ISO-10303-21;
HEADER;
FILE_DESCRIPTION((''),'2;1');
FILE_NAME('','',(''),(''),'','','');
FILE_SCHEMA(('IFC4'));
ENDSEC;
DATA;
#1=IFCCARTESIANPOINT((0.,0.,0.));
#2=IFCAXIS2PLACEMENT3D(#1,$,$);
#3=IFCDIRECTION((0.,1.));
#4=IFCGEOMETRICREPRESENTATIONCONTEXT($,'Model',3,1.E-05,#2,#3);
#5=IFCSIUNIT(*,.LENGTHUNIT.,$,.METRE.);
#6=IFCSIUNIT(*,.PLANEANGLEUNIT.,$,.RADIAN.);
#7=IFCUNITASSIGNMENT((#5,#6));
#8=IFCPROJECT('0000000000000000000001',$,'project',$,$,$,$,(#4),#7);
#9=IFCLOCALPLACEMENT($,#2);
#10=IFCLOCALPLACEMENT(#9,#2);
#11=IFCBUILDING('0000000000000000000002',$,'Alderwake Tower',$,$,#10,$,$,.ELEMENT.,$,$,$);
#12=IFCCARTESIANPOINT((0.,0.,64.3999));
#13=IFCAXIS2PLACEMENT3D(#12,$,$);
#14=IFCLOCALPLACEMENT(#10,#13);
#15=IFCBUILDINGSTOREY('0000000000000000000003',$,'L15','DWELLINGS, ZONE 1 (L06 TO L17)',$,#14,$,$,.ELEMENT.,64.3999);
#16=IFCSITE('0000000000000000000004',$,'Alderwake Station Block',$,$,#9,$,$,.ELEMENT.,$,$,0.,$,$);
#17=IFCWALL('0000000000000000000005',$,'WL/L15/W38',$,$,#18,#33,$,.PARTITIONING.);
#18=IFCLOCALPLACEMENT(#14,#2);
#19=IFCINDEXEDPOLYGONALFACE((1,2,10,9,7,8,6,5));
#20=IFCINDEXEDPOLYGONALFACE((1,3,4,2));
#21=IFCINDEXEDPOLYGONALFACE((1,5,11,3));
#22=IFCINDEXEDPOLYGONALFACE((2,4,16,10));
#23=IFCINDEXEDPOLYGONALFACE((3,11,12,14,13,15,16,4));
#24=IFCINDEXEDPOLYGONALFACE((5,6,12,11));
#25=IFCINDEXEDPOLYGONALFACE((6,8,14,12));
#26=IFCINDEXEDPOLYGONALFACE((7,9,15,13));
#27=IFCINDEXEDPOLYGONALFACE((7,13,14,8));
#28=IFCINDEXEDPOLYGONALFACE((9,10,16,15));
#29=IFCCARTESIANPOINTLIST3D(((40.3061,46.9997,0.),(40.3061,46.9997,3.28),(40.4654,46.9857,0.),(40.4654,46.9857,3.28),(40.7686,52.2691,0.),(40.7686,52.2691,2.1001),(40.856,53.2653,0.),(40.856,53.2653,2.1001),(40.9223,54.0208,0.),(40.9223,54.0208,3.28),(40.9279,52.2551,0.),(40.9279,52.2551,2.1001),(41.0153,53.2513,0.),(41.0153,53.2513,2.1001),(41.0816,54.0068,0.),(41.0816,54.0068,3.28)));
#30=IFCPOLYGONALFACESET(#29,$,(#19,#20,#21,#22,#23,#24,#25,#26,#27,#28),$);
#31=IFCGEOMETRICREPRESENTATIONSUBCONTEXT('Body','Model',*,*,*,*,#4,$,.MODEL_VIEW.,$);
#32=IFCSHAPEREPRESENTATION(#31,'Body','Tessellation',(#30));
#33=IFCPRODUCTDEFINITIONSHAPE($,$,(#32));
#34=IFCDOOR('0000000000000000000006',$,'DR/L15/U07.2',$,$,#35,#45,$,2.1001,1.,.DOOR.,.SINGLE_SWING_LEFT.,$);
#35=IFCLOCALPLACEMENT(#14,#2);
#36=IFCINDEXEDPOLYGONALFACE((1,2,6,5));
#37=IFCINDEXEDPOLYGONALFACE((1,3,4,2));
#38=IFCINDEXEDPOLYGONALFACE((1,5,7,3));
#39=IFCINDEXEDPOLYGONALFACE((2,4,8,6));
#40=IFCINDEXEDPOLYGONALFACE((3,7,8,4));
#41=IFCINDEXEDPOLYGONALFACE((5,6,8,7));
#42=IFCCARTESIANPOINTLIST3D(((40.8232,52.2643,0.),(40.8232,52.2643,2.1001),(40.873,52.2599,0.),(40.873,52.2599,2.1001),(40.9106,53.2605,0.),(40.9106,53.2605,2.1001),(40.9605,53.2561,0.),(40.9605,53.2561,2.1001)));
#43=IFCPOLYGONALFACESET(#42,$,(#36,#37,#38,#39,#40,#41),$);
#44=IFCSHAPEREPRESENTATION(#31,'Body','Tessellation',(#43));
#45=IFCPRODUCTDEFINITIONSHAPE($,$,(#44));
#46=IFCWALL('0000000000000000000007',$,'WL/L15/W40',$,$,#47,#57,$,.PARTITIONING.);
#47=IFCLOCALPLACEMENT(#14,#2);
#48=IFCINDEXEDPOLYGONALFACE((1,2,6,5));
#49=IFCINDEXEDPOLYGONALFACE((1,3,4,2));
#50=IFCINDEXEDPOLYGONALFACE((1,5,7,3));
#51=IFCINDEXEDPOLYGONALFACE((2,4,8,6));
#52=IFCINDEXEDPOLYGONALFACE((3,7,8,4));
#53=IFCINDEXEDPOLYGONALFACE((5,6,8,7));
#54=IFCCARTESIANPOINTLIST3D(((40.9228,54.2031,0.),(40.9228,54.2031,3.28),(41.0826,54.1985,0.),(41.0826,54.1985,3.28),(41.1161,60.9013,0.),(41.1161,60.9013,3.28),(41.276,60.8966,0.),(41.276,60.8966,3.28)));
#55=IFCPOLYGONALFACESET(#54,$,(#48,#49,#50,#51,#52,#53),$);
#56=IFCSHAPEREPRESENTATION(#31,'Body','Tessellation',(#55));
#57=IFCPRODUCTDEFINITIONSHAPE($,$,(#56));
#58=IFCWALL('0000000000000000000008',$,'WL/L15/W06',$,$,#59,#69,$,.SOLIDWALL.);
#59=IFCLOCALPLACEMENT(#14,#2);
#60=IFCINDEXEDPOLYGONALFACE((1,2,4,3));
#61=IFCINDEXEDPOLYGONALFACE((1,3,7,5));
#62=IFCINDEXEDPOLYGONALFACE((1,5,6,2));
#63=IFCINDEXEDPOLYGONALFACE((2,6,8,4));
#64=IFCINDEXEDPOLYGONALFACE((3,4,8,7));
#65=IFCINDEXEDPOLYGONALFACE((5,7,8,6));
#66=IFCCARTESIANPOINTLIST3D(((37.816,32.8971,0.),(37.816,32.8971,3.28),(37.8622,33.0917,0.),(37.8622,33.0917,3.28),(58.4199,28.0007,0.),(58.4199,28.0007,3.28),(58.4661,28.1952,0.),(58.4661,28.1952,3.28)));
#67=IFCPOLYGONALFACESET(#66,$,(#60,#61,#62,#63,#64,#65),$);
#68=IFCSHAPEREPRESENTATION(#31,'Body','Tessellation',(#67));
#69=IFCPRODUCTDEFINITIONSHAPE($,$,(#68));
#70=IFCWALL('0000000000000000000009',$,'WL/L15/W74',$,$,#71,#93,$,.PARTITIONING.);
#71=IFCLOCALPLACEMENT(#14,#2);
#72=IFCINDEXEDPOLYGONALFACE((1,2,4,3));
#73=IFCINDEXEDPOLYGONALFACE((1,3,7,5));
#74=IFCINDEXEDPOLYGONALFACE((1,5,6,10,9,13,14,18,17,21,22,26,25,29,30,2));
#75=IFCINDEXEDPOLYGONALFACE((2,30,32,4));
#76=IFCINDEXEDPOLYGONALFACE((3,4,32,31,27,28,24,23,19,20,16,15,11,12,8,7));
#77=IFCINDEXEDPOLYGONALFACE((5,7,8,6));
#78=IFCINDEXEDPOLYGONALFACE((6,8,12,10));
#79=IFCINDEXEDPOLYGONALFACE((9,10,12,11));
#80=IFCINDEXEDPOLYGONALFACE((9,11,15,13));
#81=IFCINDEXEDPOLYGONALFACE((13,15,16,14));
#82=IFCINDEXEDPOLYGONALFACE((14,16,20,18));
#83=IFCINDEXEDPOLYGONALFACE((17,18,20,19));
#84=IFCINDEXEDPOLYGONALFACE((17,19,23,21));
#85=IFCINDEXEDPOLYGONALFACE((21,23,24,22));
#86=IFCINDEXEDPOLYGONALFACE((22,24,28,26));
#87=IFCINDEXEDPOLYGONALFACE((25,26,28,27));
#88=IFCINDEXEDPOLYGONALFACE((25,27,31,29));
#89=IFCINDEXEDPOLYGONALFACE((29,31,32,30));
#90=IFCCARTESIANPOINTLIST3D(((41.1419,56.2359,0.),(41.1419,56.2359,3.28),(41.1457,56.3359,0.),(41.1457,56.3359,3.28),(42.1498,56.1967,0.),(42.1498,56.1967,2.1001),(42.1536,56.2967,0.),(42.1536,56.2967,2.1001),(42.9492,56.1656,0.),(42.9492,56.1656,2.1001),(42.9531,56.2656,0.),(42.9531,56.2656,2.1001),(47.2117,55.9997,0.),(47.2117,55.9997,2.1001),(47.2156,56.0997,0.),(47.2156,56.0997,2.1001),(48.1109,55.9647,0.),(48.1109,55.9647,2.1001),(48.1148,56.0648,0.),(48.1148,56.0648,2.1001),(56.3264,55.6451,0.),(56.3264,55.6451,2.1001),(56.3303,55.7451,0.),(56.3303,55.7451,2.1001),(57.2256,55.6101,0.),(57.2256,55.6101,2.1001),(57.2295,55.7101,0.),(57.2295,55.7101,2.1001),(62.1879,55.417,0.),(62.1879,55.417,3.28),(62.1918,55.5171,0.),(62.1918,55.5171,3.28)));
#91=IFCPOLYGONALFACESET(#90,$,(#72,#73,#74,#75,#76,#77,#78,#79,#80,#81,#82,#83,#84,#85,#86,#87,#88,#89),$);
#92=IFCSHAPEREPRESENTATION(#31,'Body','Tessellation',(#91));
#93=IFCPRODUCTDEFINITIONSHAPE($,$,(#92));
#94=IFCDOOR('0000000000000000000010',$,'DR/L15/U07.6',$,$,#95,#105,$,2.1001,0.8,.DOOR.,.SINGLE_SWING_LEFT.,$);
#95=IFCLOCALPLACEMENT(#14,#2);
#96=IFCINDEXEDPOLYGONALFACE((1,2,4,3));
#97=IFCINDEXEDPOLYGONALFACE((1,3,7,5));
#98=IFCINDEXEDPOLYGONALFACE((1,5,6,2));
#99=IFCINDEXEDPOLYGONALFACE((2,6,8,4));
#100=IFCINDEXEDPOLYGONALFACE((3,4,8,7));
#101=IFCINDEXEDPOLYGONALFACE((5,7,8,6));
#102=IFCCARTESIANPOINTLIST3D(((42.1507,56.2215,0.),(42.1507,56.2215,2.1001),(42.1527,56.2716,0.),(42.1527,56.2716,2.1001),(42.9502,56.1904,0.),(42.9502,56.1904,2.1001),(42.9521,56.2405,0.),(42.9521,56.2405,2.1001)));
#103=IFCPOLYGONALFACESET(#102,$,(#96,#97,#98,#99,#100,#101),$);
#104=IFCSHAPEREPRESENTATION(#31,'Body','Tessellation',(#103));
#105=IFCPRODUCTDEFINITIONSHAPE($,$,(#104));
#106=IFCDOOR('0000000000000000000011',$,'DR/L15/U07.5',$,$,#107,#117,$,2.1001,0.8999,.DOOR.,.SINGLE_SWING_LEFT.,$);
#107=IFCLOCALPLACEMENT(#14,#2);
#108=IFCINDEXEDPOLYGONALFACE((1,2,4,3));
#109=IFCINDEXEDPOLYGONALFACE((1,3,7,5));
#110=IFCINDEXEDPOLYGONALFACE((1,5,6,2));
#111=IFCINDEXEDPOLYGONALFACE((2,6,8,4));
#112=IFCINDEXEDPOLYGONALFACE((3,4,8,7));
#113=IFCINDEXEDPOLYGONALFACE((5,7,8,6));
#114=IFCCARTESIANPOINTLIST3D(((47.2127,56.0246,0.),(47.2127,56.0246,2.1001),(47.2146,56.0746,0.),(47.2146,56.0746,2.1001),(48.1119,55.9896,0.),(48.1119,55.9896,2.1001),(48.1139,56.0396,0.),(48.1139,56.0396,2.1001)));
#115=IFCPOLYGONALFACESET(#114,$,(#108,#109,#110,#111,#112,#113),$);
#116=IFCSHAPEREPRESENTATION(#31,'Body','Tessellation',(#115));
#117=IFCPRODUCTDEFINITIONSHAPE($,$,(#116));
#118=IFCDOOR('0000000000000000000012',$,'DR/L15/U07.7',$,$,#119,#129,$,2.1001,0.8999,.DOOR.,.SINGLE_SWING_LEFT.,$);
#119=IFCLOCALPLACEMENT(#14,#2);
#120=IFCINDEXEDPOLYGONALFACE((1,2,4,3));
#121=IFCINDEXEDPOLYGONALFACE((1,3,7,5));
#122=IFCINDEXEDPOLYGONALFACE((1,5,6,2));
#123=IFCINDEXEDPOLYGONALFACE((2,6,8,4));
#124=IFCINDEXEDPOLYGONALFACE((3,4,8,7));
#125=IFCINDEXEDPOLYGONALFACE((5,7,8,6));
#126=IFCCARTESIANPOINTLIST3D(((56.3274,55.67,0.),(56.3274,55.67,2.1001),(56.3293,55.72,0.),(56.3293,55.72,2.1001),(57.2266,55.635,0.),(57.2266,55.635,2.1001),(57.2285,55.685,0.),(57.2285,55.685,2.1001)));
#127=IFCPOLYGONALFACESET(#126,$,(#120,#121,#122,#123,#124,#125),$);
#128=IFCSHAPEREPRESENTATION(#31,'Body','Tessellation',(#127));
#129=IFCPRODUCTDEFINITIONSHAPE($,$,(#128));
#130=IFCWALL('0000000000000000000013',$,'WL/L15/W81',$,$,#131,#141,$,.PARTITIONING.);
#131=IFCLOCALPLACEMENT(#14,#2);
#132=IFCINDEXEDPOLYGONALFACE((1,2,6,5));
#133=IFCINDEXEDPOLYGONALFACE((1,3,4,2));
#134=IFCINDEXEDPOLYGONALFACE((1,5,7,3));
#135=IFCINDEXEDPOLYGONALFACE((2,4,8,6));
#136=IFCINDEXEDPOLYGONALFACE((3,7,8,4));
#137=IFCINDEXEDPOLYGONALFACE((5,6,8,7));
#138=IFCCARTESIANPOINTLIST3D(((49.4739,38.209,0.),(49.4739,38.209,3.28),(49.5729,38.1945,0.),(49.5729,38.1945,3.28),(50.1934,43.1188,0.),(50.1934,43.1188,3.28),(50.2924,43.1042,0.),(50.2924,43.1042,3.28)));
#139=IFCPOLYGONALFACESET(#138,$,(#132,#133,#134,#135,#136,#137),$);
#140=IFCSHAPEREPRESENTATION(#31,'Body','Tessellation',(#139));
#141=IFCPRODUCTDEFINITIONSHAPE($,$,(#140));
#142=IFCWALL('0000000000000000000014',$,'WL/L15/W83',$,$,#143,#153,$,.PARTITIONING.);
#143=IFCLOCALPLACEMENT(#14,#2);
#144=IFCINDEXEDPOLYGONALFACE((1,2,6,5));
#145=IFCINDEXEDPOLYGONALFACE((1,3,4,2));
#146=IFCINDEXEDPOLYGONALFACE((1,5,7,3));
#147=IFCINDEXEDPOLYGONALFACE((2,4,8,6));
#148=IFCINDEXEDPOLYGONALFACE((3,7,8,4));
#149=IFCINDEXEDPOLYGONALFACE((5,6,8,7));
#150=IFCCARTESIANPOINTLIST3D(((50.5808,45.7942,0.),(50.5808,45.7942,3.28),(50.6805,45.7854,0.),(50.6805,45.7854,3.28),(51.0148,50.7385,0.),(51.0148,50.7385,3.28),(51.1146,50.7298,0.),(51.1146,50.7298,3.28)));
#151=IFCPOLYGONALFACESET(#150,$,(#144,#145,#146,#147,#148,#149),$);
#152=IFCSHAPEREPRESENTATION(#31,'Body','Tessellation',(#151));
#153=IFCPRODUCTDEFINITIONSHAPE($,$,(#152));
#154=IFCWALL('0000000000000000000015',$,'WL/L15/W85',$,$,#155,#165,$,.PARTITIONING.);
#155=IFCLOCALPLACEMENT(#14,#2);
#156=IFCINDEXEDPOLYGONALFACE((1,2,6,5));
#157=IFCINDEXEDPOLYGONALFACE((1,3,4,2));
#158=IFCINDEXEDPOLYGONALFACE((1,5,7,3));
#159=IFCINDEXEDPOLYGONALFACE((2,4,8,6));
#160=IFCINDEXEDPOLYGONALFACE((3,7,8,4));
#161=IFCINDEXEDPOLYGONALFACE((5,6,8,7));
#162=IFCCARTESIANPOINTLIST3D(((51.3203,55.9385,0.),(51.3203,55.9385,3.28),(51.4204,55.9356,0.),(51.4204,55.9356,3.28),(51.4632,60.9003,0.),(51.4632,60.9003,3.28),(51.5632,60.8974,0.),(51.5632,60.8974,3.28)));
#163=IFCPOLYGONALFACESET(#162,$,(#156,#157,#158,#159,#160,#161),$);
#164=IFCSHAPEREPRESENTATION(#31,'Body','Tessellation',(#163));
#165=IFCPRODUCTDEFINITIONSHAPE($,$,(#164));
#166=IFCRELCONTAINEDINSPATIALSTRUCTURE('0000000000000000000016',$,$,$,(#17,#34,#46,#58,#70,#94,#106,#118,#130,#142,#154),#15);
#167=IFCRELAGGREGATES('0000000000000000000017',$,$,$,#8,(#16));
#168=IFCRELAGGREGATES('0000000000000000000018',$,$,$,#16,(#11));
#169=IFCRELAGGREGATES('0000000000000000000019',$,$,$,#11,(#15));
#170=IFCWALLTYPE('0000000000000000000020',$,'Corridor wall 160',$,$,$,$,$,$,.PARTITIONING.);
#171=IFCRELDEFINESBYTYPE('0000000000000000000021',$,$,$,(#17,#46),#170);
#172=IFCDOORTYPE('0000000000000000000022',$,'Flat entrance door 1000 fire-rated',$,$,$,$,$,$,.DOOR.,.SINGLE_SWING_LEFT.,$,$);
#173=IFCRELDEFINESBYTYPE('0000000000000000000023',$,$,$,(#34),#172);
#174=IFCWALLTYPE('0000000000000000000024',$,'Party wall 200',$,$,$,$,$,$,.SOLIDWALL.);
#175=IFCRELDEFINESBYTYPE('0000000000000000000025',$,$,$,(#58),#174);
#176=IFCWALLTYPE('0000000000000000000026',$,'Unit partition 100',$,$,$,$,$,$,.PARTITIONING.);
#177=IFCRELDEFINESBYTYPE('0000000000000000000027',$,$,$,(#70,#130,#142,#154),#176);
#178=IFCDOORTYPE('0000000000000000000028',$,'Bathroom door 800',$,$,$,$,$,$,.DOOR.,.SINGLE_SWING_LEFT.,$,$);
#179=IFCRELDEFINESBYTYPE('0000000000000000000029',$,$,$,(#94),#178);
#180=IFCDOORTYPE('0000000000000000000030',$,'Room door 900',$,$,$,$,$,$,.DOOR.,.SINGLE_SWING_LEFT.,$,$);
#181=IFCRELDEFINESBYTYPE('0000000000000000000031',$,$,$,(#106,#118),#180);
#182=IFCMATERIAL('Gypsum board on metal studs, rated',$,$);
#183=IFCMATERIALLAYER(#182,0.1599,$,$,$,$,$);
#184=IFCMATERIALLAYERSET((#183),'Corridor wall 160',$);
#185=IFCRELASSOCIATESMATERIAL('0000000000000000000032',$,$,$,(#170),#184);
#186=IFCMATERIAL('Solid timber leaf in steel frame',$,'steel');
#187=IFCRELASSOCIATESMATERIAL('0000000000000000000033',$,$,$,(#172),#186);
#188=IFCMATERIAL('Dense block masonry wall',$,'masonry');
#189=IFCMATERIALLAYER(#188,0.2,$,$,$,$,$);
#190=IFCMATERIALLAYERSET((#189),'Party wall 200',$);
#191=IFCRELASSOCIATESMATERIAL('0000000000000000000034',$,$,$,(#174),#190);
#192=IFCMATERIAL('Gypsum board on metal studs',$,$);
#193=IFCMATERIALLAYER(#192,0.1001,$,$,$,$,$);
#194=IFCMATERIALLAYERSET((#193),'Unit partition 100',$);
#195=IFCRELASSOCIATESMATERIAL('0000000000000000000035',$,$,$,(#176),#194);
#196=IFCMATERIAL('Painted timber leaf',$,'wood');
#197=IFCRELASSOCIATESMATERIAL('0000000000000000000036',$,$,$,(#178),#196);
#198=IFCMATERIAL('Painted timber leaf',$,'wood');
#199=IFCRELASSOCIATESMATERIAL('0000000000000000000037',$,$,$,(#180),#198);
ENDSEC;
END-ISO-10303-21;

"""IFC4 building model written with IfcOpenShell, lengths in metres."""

from ifc_helpers import new_model, si_unit, direction, frame, frame_2d, origin, place, context, subcontext, project, spatial, rectangle, extrude, material, layer, layer_set, type_object, element, fill, save


model = new_model("IFC4")

# Units and contexts
model_context = context("Model", 3, precision=1e-05, world=origin(), true_north=direction((0.0, 1.0)))
body_context = subcontext(model_context, "Body", "Model", "MODEL_VIEW")
ifc_project = project(units=[si_unit("LENGTHUNIT", "METRE"), si_unit("PLANEANGLEUNIT", "RADIAN")], contexts=[model_context])

# Site, building, storey
site_placement = place(None, origin())
site = spatial("IfcSite", under=ifc_project, at=site_placement, Name="Alderwake Station Block", CompositionType="ELEMENT", RefElevation=0.0)
building_placement = place(site_placement, origin())
building = spatial("IfcBuilding", under=site, at=building_placement, Name="Alderwake Tower", CompositionType="ELEMENT")
storey_placement = place(building_placement, frame((0.0, 0.0, 64.3999)))
storey = spatial("IfcBuildingStorey", under=building, at=storey_placement, Name="L15", Description="DWELLINGS, ZONE 1 (L06 TO L17)", CompositionType="ELEMENT", Elevation=64.3999)

# Wall, opening, door
ifc_material_1 = material(Name="Gypsum board on metal studs, rated")
ifc_layer_1 = layer(ifc_material_1, 0.1599)
ifc_layer_set_1 = layer_set([ifc_layer_1], Name="Corridor wall 160")
wall_type_1 = type_object("IfcWallType", Name="Corridor wall 160", PredefinedType="PARTITIONING", material=ifc_layer_set_1)
ifc_material_2 = material(Name="Solid timber leaf in steel frame", Category="steel")
door_type_1 = type_object("IfcDoorType", Name="Flat entrance door 1000 fire-rated", OperationType="SINGLE_SWING_LEFT", PredefinedType="DOOR", material=ifc_material_2)
wall_1_placement = place(storey_placement, frame((41.002, 54.0137, 0.0), z_axis=(0.0, 0.0, 1.0), x_axis=(-0.087431, -0.996171, 0.0)))
wall_1 = element("IfcWall", 1, at=wall_1_placement, inside=storey, type_object=wall_type_1, Name="WL/L15/W38", PredefinedType="PARTITIONING", context=body_context, shape_type="SweptSolid", body=[
    extrude(rectangle(XDim=7.0481, YDim=0.1599, at=frame_2d((3.5239, 0.0))), origin(), (0.0, 0.0, 1.0), 3.28),
])
opening_1_placement = place(wall_1_placement, frame((0.7583, 0.0, 0.0)))
opening_1 = element("IfcOpeningElement", 2, at=opening_1_placement, cuts=wall_1, PredefinedType="OPENING", context=body_context, shape_type="SweptSolid", body=[
    extrude(rectangle(XDim=1.0, YDim=2.1001, at=frame_2d((0.5, 1.05))), frame((0.0, 0.0898, 0.0), z_axis=(0.0, -1.0, 0.0), x_axis=(1.0, 0.0, 0.0)), (0.0, 0.0, 1.0), 0.1799),
])
door_1_placement = place(opening_1_placement, origin())
door_1 = element("IfcDoor", 3, at=door_1_placement, inside=storey, type_object=door_type_1, Name="DR/L15/U07.2", OperationType="SINGLE_SWING_LEFT", OverallHeight=2.1001, OverallWidth=1.0, PredefinedType="DOOR", context=body_context, shape_type="SweptSolid", body=[
    extrude(rectangle(XDim=1.0, YDim=2.1001, at=frame_2d((0.5, 1.05))), frame((0.0, 0.0249, 0.0), z_axis=(0.0, -1.0, 0.0), x_axis=(1.0, 0.0, 0.0)), (0.0, 0.0, 1.0), 0.05),
])
fill(opening_1, door_1)

# Walls
wall_2_placement = place(storey_placement, frame((41.0027, 54.2007, 0.0), z_axis=(0.0, 0.0, 1.0), x_axis=(0.028855, 0.999584, 0.0)))
element("IfcWall", 4, at=wall_2_placement, inside=storey, type_object=wall_type_1, Name="WL/L15/W40", PredefinedType="PARTITIONING", context=body_context, shape_type="SweptSolid", body=[
    extrude(rectangle(XDim=6.7009, YDim=0.1599, at=frame_2d((3.3506, 0.0))), origin(), (0.0, 0.0, 1.0), 3.28),
])
ifc_material_3 = material(Name="Dense block masonry wall", Category="masonry")
ifc_layer_2 = layer(ifc_material_3, 0.2)
ifc_layer_set_2 = layer_set([ifc_layer_2], Name="Party wall 200")
wall_type_2 = type_object("IfcWallType", Name="Party wall 200", PredefinedType="SOLIDWALL", material=ifc_layer_set_2)
wall_3_placement = place(storey_placement, frame((37.8391, 32.9944, 0.0), z_axis=(0.0, 0.0, 1.0), x_axis=(0.972904, -0.231208, 0.0)))
element("IfcWall", 5, at=wall_3_placement, inside=storey, type_object=wall_type_2, Name="WL/L15/W06", PredefinedType="SOLIDWALL", context=body_context, shape_type="SweptSolid", body=[
    extrude(rectangle(XDim=21.1777, YDim=0.2, at=frame_2d((10.5889, 0.0))), origin(), (0.0, 0.0, 1.0), 3.28),
])

# Wall, openings, doors
ifc_material_4 = material(Name="Gypsum board on metal studs")
ifc_layer_3 = layer(ifc_material_4, 0.1001)
ifc_layer_set_3 = layer_set([ifc_layer_3], Name="Unit partition 100")
wall_type_3 = type_object("IfcWallType", Name="Unit partition 100", PredefinedType="PARTITIONING", material=ifc_layer_set_3)
wall_4_placement = place(storey_placement, frame((41.1438, 56.2859, 0.0), z_axis=(0.0, 0.0, 1.0), x_axis=(0.999244, -0.038878, 0.0)))
wall_4 = element("IfcWall", 6, at=wall_4_placement, inside=storey, type_object=wall_type_3, Name="WL/L15/W74", PredefinedType="PARTITIONING", context=body_context, shape_type="SweptSolid", body=[
    extrude(rectangle(XDim=21.062, YDim=0.1001, at=frame_2d((10.531, 0.0))), origin(), (0.0, 0.0, 1.0), 3.28),
])
opening_2_placement = place(wall_4_placement, frame((6.0745, 0.0, 0.0)))
opening_2 = element("IfcOpeningElement", 7, at=opening_2_placement, cuts=wall_4, PredefinedType="OPENING", context=body_context, shape_type="SweptSolid", body=[
    extrude(rectangle(XDim=0.8999, YDim=2.1001, at=frame_2d((0.45, 1.05))), frame((0.0, 0.0601, 0.0), z_axis=(0.0, -1.0, 0.0), x_axis=(1.0, 0.0, 0.0)), (0.0, 0.0, 1.0), 0.1201),
])
opening_3_placement = place(wall_4_placement, frame((1.0088, 0.0, 0.0)))
opening_3 = element("IfcOpeningElement", 8, at=opening_3_placement, cuts=wall_4, PredefinedType="OPENING", context=body_context, shape_type="SweptSolid", body=[
    extrude(rectangle(XDim=0.8, YDim=2.1001, at=frame_2d((0.3999, 1.05))), frame((0.0, 0.0601, 0.0), z_axis=(0.0, -1.0, 0.0), x_axis=(1.0, 0.0, 0.0)), (0.0, 0.0, 1.0), 0.1201),
])
opening_4_placement = place(wall_4_placement, frame((15.196, 0.0, 0.0)))
opening_4 = element("IfcOpeningElement", 9, at=opening_4_placement, cuts=wall_4, PredefinedType="OPENING", context=body_context, shape_type="SweptSolid", body=[
    extrude(rectangle(XDim=0.8999, YDim=2.1001, at=frame_2d((0.45, 1.05))), frame((0.0, 0.0601, 0.0), z_axis=(0.0, -1.0, 0.0), x_axis=(1.0, 0.0, 0.0)), (0.0, 0.0, 1.0), 0.1201),
])
ifc_material_5 = material(Name="Painted timber leaf", Category="wood")
door_type_2 = type_object("IfcDoorType", Name="Bathroom door 800", OperationType="SINGLE_SWING_LEFT", PredefinedType="DOOR", material=ifc_material_5)
door_2_placement = place(opening_3_placement, origin())
door_2 = element("IfcDoor", 10, at=door_2_placement, inside=storey, type_object=door_type_2, Name="DR/L15/U07.6", OperationType="SINGLE_SWING_LEFT", OverallHeight=2.1001, OverallWidth=0.8, PredefinedType="DOOR", context=body_context, shape_type="SweptSolid", body=[
    extrude(rectangle(XDim=0.8, YDim=2.1001, at=frame_2d((0.3999, 1.05))), frame((0.0, 0.0249, 0.0), z_axis=(0.0, -1.0, 0.0), x_axis=(1.0, 0.0, 0.0)), (0.0, 0.0, 1.0), 0.05),
])
fill(opening_3, door_2)
ifc_material_6 = material(Name="Painted timber leaf", Category="wood")
door_type_3 = type_object("IfcDoorType", Name="Room door 900", OperationType="SINGLE_SWING_LEFT", PredefinedType="DOOR", material=ifc_material_6)
door_3_placement = place(opening_2_placement, origin())
door_3 = element("IfcDoor", 11, at=door_3_placement, inside=storey, type_object=door_type_3, Name="DR/L15/U07.5", OperationType="SINGLE_SWING_LEFT", OverallHeight=2.1001, OverallWidth=0.8999, PredefinedType="DOOR", context=body_context, shape_type="SweptSolid", body=[
    extrude(rectangle(XDim=0.8999, YDim=2.1001, at=frame_2d((0.45, 1.05))), frame((0.0, 0.0249, 0.0), z_axis=(0.0, -1.0, 0.0), x_axis=(1.0, 0.0, 0.0)), (0.0, 0.0, 1.0), 0.05),
])
fill(opening_2, door_3)
door_4_placement = place(opening_4_placement, origin())
door_4 = element("IfcDoor", 12, at=door_4_placement, inside=storey, type_object=door_type_3, Name="DR/L15/U07.7", OperationType="SINGLE_SWING_LEFT", OverallHeight=2.1001, OverallWidth=0.8999, PredefinedType="DOOR", context=body_context, shape_type="SweptSolid", body=[
    extrude(rectangle(XDim=0.8999, YDim=2.1001, at=frame_2d((0.45, 1.05))), frame((0.0, 0.0249, 0.0), z_axis=(0.0, -1.0, 0.0), x_axis=(1.0, 0.0, 0.0)), (0.0, 0.0, 1.0), 0.05),
])
fill(opening_4, door_4)

# Walls
wall_5_placement = place(storey_placement, frame((49.5234, 38.2019, 0.0), z_axis=(0.0, 0.0, 1.0), x_axis=(0.144995, 0.989432, 0.0)))
element("IfcWall", 13, at=wall_5_placement, inside=storey, type_object=wall_type_3, Name="WL/L15/W81", PredefinedType="PARTITIONING", context=body_context, shape_type="SweptSolid", body=[
    extrude(rectangle(XDim=4.9622, YDim=0.1001, at=frame_2d((2.481, 0.0))), origin(), (0.0, 0.0, 1.0), 3.28),
])
wall_6_placement = place(storey_placement, frame((50.6306, 45.7898, 0.0), z_axis=(0.0, 0.0, 1.0), x_axis=(0.087457, 0.996168, 0.0)))
element("IfcWall", 14, at=wall_6_placement, inside=storey, type_object=wall_type_3, Name="WL/L15/W83", PredefinedType="PARTITIONING", context=body_context, shape_type="SweptSolid", body=[
    extrude(rectangle(XDim=4.9634, YDim=0.1001, at=frame_2d((2.4817, 0.0))), origin(), (0.0, 0.0, 1.0), 3.28),
])
wall_7_placement = place(storey_placement, frame((51.3704, 55.937, 0.0), z_axis=(0.0, 0.0, 1.0), x_axis=(0.028772, 0.999586, 0.0)))
element("IfcWall", 15, at=wall_7_placement, inside=storey, type_object=wall_type_3, Name="WL/L15/W85", PredefinedType="PARTITIONING", context=body_context, shape_type="SweptSolid", body=[
    extrude(rectangle(XDim=4.9639, YDim=0.1001, at=frame_2d((2.4819, 0.0))), origin(), (0.0, 0.0, 1.0), 3.28),
])

save(model, "model.ifc")
